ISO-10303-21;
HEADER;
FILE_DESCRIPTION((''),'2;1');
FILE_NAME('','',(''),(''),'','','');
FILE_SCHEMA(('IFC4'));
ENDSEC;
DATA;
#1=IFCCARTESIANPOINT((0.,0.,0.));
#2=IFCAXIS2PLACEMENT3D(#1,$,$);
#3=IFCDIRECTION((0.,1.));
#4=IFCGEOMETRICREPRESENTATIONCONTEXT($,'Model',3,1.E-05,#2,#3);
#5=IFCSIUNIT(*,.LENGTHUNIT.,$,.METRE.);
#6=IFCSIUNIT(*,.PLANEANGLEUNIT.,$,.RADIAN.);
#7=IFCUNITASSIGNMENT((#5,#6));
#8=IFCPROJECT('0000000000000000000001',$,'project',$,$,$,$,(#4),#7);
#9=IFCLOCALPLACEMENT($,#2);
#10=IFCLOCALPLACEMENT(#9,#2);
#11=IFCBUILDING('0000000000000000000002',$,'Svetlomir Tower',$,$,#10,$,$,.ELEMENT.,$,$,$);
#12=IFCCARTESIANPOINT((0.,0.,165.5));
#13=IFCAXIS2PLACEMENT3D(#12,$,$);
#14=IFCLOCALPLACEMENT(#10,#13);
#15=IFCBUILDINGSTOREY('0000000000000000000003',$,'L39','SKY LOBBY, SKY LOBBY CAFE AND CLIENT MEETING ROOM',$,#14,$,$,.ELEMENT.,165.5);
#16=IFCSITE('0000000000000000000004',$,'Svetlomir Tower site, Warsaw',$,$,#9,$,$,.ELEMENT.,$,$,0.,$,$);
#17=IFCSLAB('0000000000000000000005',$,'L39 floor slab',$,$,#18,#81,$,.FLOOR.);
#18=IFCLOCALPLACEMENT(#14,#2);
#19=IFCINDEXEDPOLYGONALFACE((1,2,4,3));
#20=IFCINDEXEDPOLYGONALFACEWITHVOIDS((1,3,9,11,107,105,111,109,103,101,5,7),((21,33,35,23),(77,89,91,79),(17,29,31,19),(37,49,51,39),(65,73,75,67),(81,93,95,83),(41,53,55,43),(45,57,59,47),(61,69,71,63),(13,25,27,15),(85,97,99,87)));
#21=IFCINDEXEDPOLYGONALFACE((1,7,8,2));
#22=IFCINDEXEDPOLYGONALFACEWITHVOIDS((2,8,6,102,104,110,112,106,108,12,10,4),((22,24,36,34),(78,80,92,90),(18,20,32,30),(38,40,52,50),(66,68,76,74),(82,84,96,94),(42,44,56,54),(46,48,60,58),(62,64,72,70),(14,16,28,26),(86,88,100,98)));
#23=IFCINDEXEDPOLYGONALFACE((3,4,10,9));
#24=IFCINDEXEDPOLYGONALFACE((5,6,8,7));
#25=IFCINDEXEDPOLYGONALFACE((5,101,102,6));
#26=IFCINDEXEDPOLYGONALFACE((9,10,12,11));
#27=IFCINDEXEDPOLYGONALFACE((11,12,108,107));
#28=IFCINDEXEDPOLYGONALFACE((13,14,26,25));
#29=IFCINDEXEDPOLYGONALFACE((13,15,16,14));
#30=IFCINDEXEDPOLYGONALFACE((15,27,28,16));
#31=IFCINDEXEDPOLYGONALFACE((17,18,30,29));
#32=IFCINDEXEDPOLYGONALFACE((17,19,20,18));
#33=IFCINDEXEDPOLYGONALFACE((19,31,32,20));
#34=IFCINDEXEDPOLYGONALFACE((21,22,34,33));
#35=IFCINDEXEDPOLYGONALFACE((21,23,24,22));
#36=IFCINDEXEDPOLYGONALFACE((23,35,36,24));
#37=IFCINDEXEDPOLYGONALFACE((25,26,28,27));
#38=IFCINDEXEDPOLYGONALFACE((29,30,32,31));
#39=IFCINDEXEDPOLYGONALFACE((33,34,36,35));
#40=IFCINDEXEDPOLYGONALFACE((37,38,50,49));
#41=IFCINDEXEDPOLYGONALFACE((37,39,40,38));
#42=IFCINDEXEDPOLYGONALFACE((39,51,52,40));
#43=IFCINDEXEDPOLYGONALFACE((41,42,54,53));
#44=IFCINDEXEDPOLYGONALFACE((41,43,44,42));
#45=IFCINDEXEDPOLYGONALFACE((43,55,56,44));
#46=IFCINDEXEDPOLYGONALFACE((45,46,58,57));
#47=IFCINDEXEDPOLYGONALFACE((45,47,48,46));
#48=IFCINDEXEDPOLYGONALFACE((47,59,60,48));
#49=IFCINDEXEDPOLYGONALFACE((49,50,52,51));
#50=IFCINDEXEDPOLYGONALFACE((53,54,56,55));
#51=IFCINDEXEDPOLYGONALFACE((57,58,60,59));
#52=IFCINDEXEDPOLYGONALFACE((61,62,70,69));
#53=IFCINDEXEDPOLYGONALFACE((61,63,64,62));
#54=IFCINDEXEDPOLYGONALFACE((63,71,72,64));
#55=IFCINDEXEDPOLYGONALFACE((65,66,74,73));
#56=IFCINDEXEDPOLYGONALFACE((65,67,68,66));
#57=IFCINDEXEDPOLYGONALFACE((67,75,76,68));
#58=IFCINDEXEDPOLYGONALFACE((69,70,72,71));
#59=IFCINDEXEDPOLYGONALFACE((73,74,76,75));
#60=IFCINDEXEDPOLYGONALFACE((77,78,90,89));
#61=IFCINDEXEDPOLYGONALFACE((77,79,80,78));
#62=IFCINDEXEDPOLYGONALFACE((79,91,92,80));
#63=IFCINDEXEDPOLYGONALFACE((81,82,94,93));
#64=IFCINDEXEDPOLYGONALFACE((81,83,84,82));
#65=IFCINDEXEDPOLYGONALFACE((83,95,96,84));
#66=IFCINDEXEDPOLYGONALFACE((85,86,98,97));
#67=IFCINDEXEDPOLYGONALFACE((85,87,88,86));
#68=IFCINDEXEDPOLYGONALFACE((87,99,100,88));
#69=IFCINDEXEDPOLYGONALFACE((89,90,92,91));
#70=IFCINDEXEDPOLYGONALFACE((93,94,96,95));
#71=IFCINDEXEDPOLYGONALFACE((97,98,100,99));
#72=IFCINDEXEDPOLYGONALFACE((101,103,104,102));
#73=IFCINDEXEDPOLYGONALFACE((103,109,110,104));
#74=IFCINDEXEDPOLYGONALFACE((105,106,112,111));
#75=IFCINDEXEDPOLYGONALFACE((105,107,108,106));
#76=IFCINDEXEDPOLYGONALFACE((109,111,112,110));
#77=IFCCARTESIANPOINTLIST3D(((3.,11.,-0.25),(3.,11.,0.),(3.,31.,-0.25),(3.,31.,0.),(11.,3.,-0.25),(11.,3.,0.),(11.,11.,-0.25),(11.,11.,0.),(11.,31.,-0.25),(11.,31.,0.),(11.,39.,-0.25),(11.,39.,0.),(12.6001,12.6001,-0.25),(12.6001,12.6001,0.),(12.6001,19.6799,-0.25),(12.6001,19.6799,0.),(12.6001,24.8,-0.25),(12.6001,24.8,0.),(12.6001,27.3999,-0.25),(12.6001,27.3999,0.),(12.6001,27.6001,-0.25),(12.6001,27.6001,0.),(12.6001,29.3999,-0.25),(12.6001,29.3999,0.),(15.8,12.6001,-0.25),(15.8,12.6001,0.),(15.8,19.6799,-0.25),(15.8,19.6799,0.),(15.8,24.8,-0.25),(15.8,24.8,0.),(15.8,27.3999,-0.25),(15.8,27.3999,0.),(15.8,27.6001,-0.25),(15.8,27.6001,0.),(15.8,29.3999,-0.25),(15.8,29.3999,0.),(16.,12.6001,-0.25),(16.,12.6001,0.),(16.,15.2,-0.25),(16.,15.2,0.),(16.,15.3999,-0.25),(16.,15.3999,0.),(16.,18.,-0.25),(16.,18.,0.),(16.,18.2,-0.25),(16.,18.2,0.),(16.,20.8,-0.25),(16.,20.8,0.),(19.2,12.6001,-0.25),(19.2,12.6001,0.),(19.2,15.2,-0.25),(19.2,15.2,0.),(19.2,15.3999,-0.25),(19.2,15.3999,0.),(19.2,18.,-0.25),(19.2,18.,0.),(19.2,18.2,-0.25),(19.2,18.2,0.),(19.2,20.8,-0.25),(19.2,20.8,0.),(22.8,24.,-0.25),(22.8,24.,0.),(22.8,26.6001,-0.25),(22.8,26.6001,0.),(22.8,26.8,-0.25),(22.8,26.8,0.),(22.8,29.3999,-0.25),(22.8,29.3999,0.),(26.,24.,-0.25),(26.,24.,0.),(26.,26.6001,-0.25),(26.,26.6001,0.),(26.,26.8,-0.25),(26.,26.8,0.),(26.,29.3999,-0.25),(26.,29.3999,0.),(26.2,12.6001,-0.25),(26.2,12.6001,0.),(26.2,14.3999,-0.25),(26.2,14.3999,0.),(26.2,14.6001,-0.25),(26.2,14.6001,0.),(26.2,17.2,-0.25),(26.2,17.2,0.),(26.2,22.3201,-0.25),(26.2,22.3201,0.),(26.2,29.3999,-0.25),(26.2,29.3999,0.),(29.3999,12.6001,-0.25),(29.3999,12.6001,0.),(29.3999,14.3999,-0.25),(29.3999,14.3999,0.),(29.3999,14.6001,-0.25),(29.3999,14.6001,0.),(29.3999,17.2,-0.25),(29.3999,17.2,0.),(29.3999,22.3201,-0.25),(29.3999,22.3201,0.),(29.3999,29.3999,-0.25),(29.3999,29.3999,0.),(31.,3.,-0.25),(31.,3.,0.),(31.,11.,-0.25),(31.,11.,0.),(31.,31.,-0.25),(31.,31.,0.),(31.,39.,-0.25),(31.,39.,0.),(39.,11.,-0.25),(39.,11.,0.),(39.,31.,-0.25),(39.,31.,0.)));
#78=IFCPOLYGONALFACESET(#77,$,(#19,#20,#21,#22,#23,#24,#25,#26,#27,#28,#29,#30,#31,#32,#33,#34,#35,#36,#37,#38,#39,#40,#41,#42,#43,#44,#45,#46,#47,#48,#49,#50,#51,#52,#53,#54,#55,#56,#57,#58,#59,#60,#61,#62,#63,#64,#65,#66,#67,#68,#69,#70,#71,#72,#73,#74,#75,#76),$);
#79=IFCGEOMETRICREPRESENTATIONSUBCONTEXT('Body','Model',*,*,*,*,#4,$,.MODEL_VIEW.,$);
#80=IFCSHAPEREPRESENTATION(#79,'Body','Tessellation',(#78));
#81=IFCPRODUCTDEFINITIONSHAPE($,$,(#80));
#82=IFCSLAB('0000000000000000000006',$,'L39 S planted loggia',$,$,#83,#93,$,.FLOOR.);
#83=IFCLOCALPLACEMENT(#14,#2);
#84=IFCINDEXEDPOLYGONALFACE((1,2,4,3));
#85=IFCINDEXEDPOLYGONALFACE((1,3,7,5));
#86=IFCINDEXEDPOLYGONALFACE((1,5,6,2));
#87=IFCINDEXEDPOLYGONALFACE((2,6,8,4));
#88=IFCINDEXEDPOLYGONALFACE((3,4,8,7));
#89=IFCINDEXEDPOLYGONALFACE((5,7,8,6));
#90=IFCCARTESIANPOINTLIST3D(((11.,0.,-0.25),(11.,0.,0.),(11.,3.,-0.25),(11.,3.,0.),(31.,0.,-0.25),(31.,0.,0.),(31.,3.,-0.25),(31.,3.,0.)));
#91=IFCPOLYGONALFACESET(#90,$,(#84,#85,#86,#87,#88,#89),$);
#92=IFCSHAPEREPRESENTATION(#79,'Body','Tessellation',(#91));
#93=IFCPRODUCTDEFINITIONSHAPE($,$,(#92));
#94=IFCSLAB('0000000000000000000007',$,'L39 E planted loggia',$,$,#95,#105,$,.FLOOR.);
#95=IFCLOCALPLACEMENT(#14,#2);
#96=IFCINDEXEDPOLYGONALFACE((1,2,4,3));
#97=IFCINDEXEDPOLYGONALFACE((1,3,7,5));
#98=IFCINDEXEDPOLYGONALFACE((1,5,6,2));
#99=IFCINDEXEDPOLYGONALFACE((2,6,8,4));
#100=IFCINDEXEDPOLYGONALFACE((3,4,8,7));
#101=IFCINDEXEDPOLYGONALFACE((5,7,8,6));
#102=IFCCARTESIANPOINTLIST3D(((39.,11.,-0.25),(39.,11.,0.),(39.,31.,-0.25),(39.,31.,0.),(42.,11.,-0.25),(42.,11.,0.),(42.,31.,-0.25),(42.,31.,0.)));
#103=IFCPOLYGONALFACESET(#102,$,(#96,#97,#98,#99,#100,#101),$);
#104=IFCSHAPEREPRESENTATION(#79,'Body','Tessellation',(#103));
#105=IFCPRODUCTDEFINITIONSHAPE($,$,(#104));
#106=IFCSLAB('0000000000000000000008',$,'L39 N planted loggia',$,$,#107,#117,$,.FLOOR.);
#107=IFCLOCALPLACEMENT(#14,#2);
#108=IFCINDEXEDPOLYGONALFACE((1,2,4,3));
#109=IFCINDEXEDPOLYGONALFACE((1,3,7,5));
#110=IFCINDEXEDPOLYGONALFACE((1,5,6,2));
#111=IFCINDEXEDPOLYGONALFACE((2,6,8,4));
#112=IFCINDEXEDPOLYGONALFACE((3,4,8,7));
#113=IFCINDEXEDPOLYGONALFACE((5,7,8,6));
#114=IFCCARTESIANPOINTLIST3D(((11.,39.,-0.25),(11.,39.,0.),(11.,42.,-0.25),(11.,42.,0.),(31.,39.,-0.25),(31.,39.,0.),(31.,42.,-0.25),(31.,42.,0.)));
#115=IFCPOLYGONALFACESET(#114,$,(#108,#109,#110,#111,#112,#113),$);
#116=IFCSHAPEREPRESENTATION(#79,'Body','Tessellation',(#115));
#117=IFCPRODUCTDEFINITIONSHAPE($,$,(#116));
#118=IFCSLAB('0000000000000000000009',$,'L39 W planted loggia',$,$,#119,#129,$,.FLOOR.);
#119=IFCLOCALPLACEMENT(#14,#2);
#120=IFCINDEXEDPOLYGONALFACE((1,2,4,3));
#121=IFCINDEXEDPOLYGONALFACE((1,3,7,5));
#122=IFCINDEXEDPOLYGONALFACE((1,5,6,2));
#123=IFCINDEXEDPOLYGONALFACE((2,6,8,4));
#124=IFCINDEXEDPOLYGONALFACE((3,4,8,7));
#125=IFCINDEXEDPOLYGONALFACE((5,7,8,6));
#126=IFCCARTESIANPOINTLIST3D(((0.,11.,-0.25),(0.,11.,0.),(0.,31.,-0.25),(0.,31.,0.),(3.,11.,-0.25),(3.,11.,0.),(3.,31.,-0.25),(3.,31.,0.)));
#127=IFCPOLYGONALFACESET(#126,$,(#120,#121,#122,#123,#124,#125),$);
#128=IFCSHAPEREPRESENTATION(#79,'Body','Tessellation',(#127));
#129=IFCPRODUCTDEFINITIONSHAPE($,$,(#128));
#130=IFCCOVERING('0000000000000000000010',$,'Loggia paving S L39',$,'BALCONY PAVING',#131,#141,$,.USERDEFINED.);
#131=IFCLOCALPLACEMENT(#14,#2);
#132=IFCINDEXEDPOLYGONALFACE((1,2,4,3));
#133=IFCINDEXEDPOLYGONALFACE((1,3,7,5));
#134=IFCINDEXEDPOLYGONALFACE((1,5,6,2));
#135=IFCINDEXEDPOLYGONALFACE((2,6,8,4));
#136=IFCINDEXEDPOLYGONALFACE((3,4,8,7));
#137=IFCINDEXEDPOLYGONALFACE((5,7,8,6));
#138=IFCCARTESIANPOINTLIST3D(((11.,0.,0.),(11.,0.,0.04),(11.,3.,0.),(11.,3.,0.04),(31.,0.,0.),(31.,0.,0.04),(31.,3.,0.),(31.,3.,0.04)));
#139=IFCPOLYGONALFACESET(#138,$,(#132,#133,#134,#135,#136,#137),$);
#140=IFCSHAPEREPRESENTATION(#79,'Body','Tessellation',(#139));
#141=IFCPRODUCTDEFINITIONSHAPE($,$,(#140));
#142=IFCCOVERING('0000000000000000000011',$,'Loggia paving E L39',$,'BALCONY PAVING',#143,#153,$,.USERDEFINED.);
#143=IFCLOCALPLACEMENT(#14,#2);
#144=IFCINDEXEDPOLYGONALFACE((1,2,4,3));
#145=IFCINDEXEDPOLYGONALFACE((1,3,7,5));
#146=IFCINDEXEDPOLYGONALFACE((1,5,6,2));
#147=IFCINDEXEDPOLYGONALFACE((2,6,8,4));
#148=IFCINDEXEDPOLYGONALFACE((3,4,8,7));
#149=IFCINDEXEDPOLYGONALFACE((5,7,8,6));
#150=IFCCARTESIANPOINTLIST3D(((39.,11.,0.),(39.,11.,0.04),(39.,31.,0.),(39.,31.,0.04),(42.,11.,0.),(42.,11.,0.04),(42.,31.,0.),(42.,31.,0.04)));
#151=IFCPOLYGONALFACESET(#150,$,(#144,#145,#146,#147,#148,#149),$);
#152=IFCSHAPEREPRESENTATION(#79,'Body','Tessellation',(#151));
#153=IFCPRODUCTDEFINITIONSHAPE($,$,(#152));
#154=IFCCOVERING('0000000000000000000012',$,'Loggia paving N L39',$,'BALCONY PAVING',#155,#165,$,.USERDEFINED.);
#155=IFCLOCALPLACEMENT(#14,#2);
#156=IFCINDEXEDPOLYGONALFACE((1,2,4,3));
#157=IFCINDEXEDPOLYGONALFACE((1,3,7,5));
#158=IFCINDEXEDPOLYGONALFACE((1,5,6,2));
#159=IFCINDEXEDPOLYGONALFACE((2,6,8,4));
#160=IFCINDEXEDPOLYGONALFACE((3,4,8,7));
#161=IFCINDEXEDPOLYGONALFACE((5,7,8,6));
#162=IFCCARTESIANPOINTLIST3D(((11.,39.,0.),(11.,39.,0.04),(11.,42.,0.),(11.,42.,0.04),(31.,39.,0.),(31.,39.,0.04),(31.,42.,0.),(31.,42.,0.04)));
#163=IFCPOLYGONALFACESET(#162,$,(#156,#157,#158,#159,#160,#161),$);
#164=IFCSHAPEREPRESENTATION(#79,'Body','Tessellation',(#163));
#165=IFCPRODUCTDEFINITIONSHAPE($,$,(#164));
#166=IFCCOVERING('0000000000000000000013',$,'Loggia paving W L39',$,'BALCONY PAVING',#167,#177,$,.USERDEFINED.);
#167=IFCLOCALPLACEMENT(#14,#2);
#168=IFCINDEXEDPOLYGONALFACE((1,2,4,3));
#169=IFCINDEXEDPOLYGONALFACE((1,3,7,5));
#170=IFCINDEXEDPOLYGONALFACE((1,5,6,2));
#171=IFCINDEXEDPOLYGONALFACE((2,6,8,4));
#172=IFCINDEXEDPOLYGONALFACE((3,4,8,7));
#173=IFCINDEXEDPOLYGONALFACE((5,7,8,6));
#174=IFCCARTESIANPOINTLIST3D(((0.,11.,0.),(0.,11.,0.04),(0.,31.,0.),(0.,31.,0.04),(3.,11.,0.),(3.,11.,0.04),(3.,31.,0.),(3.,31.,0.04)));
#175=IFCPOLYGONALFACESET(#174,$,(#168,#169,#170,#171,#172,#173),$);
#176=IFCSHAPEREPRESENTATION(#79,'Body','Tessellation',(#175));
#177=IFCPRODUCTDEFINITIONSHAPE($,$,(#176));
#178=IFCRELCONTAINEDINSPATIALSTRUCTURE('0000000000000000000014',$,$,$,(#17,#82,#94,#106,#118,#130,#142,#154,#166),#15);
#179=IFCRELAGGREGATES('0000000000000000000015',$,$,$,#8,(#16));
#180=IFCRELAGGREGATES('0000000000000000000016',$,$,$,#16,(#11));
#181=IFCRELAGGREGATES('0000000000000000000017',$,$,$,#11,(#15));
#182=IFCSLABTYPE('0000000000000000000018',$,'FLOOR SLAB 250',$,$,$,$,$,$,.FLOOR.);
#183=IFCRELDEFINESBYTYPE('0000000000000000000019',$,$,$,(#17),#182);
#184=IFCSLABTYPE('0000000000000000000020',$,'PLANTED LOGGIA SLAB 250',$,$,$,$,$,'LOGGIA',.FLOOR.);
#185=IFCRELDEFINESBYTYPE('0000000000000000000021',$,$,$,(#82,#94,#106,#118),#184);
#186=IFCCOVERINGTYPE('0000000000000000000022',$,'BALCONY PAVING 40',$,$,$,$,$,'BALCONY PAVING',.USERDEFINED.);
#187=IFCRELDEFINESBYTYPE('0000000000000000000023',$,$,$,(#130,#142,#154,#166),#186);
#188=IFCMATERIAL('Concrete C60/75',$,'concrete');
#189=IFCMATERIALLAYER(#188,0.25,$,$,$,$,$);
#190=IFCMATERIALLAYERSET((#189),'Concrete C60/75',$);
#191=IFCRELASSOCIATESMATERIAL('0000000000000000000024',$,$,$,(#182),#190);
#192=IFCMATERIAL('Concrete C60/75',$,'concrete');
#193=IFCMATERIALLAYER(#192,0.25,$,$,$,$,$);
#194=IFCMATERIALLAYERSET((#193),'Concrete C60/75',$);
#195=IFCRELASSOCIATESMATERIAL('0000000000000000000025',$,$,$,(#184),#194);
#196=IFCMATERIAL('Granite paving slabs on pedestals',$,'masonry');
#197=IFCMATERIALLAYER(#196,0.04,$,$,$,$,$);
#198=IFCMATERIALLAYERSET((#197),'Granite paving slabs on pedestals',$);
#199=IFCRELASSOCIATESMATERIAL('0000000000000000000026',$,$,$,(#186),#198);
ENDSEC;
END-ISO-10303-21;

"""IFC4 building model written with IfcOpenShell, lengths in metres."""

from ifc_helpers import new_model, si_unit, direction, frame, origin, place, context, subcontext, project, spatial, polyline, outline, extrude, material, layer, layer_set, type_object, element, save


model = new_model("IFC4")

# Units and contexts
model_context = context("Model", 3, precision=1e-05, world=origin(), true_north=direction((0.0, 1.0)))
body_context = subcontext(model_context, "Body", "Model", "MODEL_VIEW")
ifc_project = project(units=[si_unit("LENGTHUNIT", "METRE"), si_unit("PLANEANGLEUNIT", "RADIAN")], contexts=[model_context])

# Site, building, storey
site_placement = place(None, origin())
site = spatial("IfcSite", under=ifc_project, at=site_placement, Name="Svetlomir Tower site, Warsaw", CompositionType="ELEMENT", RefElevation=0.0)
building_placement = place(site_placement, origin())
building = spatial("IfcBuilding", under=site, at=building_placement, Name="Svetlomir Tower", CompositionType="ELEMENT")
storey_placement = place(building_placement, frame((0.0, 0.0, 165.5)))
storey = spatial("IfcBuildingStorey", under=building, at=storey_placement, Name="L39", Description="SKY LOBBY, SKY LOBBY CAFE AND CLIENT MEETING ROOM", CompositionType="ELEMENT", Elevation=165.5)

# Slabs
ifc_material_1 = material(Name="Concrete C60/75", Category="concrete")
ifc_layer_1 = layer(ifc_material_1, 0.25)
ifc_layer_set_1 = layer_set([ifc_layer_1], Name="Concrete C60/75")
slab_type_1 = type_object("IfcSlabType", Name="FLOOR SLAB 250", PredefinedType="FLOOR", material=ifc_layer_set_1)
slab_1_placement = place(storey_placement, frame((0.0, 0.0, -0.25)))
element("IfcSlab", 1, at=slab_1_placement, inside=storey, type_object=slab_type_1, Name="L39 floor slab", PredefinedType="FLOOR", context=body_context, shape_type="SweptSolid", body=[
    extrude(outline(polyline([(11.0, 3.0), (31.0, 3.0), (31.0, 11.0), (39.0, 11.0), (39.0, 31.0), (31.0, 31.0), (31.0, 39.0), (11.0, 39.0), (11.0, 31.0), (3.0, 31.0), (3.0, 11.0), (11.0, 11.0), (11.0, 3.0)]), holes=[polyline([(12.6001, 24.8), (15.8, 24.8), (15.8, 27.3999), (12.6001, 27.3999), (12.6001, 24.8)]), polyline([(26.2, 14.6001), (29.3999, 14.6001), (29.3999, 17.2), (26.2, 17.2), (26.2, 14.6001)]), polyline([(16.0, 12.6001), (19.2, 12.6001), (19.2, 15.2), (16.0, 15.2), (16.0, 12.6001)]), polyline([(16.0, 15.3999), (19.2, 15.3999), (19.2, 18.0), (16.0, 18.0), (16.0, 15.3999)]), polyline([(16.0, 18.2), (19.2, 18.2), (19.2, 20.8), (16.0, 20.8), (16.0, 18.2)]), polyline([(22.8, 24.0), (26.0, 24.0), (26.0, 26.6001), (22.8, 26.6001), (22.8, 24.0)]), polyline([(22.8, 26.8), (26.0, 26.8), (26.0, 29.3999), (22.8, 29.3999), (22.8, 26.8)]), polyline([(12.6001, 27.6001), (15.8, 27.6001), (15.8, 29.3999), (12.6001, 29.3999), (12.6001, 27.6001)]), polyline([(26.2, 12.6001), (29.3999, 12.6001), (29.3999, 14.3999), (26.2, 14.3999), (26.2, 12.6001)]), polyline([(12.6001, 12.6001), (15.8, 12.6001), (15.8, 19.6799), (12.6001, 19.6799), (12.6001, 12.6001)]), polyline([(26.2, 22.3201), (29.3999, 22.3201), (29.3999, 29.3999), (26.2, 29.3999), (26.2, 22.3201)])]), origin(), (0.0, 0.0, 1.0), 0.25),
])
ifc_material_2 = material(Name="Concrete C60/75", Category="concrete")
ifc_layer_2 = layer(ifc_material_2, 0.25)
ifc_layer_set_2 = layer_set([ifc_layer_2], Name="Concrete C60/75")
slab_type_2 = type_object("IfcSlabType", Name="PLANTED LOGGIA SLAB 250", ElementType="LOGGIA", PredefinedType="FLOOR", material=ifc_layer_set_2)
slab_2_placement = place(storey_placement, frame((0.0, 0.0, -0.25)))
element("IfcSlab", 2, at=slab_2_placement, inside=storey, type_object=slab_type_2, Name="L39 S planted loggia", PredefinedType="FLOOR", context=body_context, shape_type="SweptSolid", body=[
    extrude(outline(polyline([(11.0, 0.0), (31.0, 0.0), (31.0, 3.0), (11.0, 3.0), (11.0, 0.0)])), origin(), (0.0, 0.0, 1.0), 0.25),
])
slab_3_placement = place(storey_placement, frame((0.0, 0.0, -0.25)))
element("IfcSlab", 3, at=slab_3_placement, inside=storey, type_object=slab_type_2, Name="L39 E planted loggia", PredefinedType="FLOOR", context=body_context, shape_type="SweptSolid", body=[
    extrude(outline(polyline([(39.0, 11.0), (42.0, 11.0), (42.0, 31.0), (39.0, 31.0), (39.0, 11.0)])), origin(), (0.0, 0.0, 1.0), 0.25),
])
slab_4_placement = place(storey_placement, frame((0.0, 0.0, -0.25)))
element("IfcSlab", 4, at=slab_4_placement, inside=storey, type_object=slab_type_2, Name="L39 N planted loggia", PredefinedType="FLOOR", context=body_context, shape_type="SweptSolid", body=[
    extrude(outline(polyline([(11.0, 39.0), (31.0, 39.0), (31.0, 42.0), (11.0, 42.0), (11.0, 39.0)])), origin(), (0.0, 0.0, 1.0), 0.25),
])
slab_5_placement = place(storey_placement, frame((0.0, 0.0, -0.25)))
element("IfcSlab", 5, at=slab_5_placement, inside=storey, type_object=slab_type_2, Name="L39 W planted loggia", PredefinedType="FLOOR", context=body_context, shape_type="SweptSolid", body=[
    extrude(outline(polyline([(0.0, 11.0), (3.0, 11.0), (3.0, 31.0), (0.0, 31.0), (0.0, 11.0)])), origin(), (0.0, 0.0, 1.0), 0.25),
])

# Coverings
ifc_material_3 = material(Name="Granite paving slabs on pedestals", Category="masonry")
ifc_layer_3 = layer(ifc_material_3, 0.04)
ifc_layer_set_3 = layer_set([ifc_layer_3], Name="Granite paving slabs on pedestals")
covering_type_1 = type_object("IfcCoveringType", Name="BALCONY PAVING 40", ElementType="BALCONY PAVING", PredefinedType="USERDEFINED", material=ifc_layer_set_3)
covering_1_placement = place(storey_placement, origin())
element("IfcCovering", 6, at=covering_1_placement, inside=storey, type_object=covering_type_1, Name="Loggia paving S L39", ObjectType="BALCONY PAVING", PredefinedType="USERDEFINED", context=body_context, shape_type="SweptSolid", body=[
    extrude(outline(polyline([(11.0, 0.0), (31.0, 0.0), (31.0, 3.0), (11.0, 3.0), (11.0, 0.0)])), origin(), (0.0, 0.0, 1.0), 0.04),
])
covering_2_placement = place(storey_placement, origin())
element("IfcCovering", 7, at=covering_2_placement, inside=storey, type_object=covering_type_1, Name="Loggia paving E L39", ObjectType="BALCONY PAVING", PredefinedType="USERDEFINED", context=body_context, shape_type="SweptSolid", body=[
    extrude(outline(polyline([(39.0, 11.0), (42.0, 11.0), (42.0, 31.0), (39.0, 31.0), (39.0, 11.0)])), origin(), (0.0, 0.0, 1.0), 0.04),
])
covering_3_placement = place(storey_placement, origin())
element("IfcCovering", 8, at=covering_3_placement, inside=storey, type_object=covering_type_1, Name="Loggia paving N L39", ObjectType="BALCONY PAVING", PredefinedType="USERDEFINED", context=body_context, shape_type="SweptSolid", body=[
    extrude(outline(polyline([(11.0, 39.0), (31.0, 39.0), (31.0, 42.0), (11.0, 42.0), (11.0, 39.0)])), origin(), (0.0, 0.0, 1.0), 0.04),
])
covering_4_placement = place(storey_placement, origin())
element("IfcCovering", 9, at=covering_4_placement, inside=storey, type_object=covering_type_1, Name="Loggia paving W L39", ObjectType="BALCONY PAVING", PredefinedType="USERDEFINED", context=body_context, shape_type="SweptSolid", body=[
    extrude(outline(polyline([(0.0, 11.0), (3.0, 11.0), (3.0, 31.0), (0.0, 31.0), (0.0, 11.0)])), origin(), (0.0, 0.0, 1.0), 0.04),
])

save(model, "model.ifc")
